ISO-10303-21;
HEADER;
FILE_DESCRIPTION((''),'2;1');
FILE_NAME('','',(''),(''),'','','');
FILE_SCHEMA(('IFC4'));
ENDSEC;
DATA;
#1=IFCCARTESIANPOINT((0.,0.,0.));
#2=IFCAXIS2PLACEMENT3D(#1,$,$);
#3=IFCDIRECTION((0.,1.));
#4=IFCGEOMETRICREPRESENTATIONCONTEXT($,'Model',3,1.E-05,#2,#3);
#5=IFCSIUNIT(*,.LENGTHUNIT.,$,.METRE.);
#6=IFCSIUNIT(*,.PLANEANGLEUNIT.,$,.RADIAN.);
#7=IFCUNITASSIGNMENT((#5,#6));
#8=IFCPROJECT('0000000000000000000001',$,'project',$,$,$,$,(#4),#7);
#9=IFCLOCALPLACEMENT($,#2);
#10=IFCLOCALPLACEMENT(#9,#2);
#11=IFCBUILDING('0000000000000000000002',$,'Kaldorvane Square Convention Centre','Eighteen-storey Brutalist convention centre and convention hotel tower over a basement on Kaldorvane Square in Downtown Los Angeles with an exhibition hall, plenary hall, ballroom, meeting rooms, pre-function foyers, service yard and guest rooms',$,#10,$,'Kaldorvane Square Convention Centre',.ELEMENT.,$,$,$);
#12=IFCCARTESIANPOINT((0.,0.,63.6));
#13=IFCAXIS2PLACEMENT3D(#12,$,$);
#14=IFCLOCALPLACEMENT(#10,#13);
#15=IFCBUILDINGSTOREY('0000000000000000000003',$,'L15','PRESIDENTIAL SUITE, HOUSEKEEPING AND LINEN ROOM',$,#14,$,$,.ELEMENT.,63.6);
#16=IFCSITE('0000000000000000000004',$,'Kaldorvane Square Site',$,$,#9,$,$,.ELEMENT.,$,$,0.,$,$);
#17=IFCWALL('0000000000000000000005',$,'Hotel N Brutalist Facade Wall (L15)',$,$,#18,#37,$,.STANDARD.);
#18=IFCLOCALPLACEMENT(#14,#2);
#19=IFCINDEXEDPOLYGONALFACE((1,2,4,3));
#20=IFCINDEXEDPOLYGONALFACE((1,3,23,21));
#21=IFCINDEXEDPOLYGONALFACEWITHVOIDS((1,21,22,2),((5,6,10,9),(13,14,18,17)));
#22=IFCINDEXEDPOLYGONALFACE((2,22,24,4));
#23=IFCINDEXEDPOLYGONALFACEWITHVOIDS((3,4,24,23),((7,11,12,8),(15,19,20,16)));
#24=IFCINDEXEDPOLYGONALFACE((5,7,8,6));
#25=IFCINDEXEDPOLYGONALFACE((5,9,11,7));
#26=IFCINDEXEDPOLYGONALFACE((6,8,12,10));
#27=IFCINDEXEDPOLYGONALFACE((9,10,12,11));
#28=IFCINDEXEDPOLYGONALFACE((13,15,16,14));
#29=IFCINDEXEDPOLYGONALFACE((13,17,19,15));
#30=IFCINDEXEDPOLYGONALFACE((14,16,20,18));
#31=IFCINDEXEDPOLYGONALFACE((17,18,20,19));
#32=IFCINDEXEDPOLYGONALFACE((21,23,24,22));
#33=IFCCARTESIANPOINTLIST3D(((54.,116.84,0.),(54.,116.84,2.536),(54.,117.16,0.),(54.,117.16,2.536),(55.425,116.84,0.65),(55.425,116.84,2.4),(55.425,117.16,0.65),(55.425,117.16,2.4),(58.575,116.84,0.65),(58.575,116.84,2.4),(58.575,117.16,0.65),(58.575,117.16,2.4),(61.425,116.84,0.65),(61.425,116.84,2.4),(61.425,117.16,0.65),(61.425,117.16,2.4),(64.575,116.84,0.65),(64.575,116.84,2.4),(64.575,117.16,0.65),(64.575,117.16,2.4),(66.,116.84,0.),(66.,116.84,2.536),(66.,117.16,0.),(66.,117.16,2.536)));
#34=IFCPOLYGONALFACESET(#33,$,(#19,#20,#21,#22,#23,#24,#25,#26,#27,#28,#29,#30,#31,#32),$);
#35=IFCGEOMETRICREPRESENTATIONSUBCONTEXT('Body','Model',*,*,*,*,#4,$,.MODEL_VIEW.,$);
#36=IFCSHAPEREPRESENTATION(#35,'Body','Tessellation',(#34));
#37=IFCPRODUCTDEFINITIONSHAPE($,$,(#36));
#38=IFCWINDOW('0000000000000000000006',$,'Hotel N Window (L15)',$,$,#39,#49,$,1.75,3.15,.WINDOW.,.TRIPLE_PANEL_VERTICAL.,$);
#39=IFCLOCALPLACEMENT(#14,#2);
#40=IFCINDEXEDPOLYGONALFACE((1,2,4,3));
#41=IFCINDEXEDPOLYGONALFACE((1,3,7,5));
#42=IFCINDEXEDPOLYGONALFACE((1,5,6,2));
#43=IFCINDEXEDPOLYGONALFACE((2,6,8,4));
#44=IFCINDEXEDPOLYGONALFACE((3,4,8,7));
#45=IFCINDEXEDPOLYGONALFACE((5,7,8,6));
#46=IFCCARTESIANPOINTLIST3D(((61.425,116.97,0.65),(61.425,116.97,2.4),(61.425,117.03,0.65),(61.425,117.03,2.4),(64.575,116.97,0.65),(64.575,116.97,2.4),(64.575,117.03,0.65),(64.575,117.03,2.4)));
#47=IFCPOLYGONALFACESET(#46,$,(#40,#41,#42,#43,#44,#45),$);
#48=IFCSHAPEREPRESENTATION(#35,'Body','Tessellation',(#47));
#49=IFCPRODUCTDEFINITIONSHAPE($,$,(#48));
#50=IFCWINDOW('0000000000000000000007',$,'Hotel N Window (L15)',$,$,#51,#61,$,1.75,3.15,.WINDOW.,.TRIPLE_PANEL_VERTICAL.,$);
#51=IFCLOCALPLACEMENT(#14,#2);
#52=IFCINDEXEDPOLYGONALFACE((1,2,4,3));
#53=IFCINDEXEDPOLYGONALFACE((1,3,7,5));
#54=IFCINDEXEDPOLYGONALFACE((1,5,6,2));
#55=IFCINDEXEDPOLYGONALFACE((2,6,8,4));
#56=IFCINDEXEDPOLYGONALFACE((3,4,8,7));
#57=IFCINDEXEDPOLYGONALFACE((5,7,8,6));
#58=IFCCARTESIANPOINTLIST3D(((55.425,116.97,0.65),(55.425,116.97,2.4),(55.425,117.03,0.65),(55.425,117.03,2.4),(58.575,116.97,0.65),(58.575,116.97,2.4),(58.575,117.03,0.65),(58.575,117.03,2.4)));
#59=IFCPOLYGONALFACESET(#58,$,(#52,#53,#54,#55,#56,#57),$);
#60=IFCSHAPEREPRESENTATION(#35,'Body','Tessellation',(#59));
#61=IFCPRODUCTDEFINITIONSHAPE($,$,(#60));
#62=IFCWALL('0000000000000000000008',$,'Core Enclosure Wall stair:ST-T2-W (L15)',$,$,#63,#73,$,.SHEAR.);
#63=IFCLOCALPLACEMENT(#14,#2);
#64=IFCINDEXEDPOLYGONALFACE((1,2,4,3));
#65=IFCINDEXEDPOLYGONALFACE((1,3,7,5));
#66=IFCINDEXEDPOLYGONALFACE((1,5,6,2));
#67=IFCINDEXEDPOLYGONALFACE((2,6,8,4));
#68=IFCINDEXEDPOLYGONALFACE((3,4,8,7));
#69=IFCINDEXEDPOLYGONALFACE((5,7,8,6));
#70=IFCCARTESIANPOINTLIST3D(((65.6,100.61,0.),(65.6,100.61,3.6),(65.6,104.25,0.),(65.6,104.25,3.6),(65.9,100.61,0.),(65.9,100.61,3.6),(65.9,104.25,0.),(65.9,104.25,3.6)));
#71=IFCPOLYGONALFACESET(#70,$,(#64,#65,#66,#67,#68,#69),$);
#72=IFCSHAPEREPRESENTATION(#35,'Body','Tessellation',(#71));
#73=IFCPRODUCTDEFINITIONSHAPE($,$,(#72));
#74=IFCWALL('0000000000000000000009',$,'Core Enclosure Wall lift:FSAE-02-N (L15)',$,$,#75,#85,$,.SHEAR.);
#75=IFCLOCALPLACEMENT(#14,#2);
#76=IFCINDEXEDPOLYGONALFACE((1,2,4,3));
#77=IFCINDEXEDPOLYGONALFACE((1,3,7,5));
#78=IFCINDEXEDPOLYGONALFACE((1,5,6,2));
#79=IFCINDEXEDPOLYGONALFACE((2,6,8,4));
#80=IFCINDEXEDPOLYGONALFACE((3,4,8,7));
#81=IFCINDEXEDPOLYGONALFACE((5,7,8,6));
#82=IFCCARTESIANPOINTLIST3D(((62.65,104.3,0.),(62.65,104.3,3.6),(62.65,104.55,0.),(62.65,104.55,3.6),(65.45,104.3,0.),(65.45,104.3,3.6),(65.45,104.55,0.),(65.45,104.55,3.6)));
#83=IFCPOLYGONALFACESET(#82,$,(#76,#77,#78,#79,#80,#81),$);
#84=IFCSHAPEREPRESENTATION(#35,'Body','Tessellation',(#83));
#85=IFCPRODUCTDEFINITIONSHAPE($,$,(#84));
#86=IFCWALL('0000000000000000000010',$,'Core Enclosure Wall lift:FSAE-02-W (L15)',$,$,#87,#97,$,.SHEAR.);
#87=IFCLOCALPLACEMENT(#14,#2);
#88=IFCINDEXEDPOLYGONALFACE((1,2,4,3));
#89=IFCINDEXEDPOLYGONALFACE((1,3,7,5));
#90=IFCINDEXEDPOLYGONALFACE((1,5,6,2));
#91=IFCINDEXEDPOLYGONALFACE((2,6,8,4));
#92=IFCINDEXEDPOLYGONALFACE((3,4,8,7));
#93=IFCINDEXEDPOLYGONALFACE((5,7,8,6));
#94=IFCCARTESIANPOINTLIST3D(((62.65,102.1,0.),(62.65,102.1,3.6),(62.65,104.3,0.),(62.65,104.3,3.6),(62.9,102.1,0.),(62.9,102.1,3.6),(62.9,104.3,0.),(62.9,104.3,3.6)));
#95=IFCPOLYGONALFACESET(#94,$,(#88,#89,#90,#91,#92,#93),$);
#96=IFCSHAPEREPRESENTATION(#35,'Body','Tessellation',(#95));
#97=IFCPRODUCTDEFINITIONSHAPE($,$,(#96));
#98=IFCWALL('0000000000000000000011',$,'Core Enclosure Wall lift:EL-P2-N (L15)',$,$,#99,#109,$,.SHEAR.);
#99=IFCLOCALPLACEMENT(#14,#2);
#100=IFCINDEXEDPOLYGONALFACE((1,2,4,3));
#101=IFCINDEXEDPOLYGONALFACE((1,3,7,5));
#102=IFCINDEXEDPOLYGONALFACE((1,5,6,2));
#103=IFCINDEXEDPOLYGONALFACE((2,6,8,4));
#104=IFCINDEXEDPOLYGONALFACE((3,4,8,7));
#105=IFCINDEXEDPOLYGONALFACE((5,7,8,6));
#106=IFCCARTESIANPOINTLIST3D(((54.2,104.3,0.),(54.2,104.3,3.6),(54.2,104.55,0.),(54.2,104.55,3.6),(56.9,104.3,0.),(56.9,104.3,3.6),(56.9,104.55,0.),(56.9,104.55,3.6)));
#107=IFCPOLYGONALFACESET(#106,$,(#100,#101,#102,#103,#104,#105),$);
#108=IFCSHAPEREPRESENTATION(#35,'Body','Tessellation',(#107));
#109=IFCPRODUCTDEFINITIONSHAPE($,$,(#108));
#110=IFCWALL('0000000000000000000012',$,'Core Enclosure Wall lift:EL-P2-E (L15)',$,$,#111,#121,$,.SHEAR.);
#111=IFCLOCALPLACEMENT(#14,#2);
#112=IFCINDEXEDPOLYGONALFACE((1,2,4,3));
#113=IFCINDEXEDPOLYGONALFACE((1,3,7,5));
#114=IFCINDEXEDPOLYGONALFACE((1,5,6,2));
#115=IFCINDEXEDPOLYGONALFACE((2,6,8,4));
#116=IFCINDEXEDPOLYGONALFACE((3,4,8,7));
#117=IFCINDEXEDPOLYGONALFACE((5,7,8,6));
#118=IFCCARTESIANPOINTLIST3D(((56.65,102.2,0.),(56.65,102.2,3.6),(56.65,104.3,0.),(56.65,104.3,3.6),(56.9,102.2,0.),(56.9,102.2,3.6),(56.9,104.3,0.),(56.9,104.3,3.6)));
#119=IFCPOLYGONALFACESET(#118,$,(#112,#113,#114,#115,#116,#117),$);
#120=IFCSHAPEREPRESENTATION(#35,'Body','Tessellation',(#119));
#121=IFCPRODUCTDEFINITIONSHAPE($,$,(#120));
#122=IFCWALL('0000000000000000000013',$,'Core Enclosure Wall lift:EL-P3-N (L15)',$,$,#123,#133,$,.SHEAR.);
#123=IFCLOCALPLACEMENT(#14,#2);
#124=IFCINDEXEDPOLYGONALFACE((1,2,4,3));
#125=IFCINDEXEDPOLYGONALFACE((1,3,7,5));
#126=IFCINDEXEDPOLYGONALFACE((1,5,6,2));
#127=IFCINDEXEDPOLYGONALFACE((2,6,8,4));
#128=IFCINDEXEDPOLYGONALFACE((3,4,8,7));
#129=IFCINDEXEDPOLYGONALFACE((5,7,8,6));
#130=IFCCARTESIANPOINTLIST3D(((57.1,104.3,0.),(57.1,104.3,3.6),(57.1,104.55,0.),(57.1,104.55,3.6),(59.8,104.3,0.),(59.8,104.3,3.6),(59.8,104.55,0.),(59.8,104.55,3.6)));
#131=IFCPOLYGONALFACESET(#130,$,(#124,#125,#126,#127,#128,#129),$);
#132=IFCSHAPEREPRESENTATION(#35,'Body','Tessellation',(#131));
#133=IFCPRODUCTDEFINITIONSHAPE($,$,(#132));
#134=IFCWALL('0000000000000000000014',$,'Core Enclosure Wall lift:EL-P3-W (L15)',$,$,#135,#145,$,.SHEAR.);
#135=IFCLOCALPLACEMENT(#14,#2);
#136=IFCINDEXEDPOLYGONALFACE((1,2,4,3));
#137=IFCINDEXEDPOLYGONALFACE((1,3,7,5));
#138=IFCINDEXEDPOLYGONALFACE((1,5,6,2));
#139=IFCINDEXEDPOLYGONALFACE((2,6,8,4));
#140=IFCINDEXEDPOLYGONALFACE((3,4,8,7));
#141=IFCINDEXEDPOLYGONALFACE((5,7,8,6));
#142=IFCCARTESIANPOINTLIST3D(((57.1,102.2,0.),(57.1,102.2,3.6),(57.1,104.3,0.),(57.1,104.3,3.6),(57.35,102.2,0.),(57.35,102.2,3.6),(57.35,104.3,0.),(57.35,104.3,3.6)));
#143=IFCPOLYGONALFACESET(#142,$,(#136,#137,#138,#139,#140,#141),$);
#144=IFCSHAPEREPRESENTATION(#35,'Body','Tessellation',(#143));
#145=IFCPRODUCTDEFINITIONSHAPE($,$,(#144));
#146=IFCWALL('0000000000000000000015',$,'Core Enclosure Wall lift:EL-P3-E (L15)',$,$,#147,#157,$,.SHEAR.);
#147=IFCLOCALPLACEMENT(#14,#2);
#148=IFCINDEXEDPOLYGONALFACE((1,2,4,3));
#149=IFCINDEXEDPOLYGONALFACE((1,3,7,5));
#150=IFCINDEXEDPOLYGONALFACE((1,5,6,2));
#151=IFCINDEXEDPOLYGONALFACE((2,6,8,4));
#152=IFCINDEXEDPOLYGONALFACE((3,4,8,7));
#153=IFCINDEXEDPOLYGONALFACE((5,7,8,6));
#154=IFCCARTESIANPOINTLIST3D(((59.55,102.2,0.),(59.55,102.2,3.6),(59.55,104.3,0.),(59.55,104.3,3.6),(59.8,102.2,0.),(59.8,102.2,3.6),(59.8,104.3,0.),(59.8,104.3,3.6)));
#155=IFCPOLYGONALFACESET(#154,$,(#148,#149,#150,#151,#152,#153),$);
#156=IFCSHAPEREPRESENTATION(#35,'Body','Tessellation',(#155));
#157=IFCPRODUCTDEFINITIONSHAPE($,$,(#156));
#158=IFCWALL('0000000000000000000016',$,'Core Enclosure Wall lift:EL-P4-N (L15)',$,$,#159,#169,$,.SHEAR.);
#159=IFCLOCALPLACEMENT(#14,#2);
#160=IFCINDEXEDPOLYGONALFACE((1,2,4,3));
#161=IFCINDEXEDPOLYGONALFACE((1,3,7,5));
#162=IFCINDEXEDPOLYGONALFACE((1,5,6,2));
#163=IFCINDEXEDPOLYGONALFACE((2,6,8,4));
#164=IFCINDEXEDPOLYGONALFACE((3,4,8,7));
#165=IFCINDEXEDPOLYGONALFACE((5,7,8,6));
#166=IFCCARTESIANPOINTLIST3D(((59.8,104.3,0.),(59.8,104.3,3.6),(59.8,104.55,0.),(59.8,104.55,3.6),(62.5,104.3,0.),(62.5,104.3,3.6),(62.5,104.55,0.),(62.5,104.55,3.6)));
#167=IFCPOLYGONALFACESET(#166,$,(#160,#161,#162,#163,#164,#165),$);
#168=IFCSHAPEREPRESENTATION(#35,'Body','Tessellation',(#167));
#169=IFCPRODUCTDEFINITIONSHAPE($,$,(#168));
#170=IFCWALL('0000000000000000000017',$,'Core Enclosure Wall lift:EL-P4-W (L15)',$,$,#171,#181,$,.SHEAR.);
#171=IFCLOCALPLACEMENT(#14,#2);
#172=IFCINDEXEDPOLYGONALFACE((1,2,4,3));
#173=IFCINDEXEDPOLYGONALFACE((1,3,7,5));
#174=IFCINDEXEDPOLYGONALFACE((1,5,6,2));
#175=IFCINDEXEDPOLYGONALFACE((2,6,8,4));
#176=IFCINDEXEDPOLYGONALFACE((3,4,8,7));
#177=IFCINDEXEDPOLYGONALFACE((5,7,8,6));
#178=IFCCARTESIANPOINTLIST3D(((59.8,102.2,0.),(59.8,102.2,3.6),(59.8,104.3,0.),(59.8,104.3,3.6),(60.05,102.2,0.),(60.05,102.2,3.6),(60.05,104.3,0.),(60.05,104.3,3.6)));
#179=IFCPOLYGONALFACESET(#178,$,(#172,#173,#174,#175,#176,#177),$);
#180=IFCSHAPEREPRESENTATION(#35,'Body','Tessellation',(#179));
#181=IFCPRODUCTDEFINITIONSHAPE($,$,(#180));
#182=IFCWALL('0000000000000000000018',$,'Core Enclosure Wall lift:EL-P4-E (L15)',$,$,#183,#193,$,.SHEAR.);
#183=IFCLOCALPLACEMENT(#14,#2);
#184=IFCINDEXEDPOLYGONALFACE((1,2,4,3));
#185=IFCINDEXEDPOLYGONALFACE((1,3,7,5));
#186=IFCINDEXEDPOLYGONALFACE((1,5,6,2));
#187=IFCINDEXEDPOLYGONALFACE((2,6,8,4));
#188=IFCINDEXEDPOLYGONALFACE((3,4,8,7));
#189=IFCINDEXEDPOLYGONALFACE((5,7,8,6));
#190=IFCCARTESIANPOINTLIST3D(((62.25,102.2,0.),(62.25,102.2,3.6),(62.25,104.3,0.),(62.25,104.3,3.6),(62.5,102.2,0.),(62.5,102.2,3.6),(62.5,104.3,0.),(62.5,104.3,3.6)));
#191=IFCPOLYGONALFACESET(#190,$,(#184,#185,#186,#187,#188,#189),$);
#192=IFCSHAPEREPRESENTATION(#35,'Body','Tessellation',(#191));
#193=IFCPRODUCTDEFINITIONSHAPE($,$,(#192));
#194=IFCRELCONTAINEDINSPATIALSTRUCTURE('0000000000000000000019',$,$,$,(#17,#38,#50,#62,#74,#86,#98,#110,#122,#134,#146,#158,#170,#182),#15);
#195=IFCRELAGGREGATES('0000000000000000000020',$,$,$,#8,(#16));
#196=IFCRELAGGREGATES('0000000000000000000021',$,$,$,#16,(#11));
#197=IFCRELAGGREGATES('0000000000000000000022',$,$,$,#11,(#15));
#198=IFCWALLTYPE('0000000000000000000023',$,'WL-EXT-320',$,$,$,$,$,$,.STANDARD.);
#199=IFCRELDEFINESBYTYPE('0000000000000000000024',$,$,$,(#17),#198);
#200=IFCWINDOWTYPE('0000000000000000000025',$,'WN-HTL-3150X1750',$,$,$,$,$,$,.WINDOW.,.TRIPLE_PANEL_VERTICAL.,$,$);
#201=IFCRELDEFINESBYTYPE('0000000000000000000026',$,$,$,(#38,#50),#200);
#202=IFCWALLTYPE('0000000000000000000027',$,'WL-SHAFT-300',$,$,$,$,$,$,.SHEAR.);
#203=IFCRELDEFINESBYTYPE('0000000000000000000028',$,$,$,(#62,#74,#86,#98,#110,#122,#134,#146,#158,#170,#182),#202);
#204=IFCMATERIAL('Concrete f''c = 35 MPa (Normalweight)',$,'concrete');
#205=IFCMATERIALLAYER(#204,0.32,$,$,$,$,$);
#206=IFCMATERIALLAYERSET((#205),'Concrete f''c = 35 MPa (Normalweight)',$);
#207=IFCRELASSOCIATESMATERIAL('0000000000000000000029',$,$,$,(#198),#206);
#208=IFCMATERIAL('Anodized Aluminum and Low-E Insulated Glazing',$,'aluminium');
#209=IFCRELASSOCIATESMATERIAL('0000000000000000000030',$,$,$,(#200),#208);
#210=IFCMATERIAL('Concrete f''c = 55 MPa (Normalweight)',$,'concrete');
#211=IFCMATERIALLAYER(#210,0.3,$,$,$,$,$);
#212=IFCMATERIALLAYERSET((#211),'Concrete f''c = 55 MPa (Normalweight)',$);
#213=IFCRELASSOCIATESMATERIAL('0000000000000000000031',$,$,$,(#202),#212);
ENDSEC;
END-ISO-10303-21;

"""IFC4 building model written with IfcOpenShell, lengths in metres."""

from ifc_helpers import new_model, si_unit, direction, frame, frame_2d, origin, place, context, subcontext, project, spatial, rectangle, extrude, material, layer, layer_set, type_object, element, fill, save


model = new_model("IFC4")

# Units and contexts
model_context = context("Model", 3, precision=1e-05, world=origin(), true_north=direction((0.0, 1.0)))
body_context = subcontext(model_context, "Body", "Model", "MODEL_VIEW")
ifc_project = project(units=[si_unit("LENGTHUNIT", "METRE"), si_unit("PLANEANGLEUNIT", "RADIAN")], contexts=[model_context])

# Site, building, storey
site_placement = place(None, origin())
site = spatial("IfcSite", under=ifc_project, at=site_placement, Name="Kaldorvane Square Site", CompositionType="ELEMENT", RefElevation=0.0)
building_placement = place(site_placement, origin())
building = spatial("IfcBuilding", under=site, at=building_placement, Name="Kaldorvane Square Convention Centre", Description="Eighteen-storey Brutalist convention centre and convention hotel tower over a basement on Kaldorvane Square in Downtown Los Angeles with an exhibition hall, plenary hall, ballroom, meeting rooms, pre-function foyers, service yard and guest rooms", LongName="Kaldorvane Square Convention Centre", CompositionType="ELEMENT")
storey_placement = place(building_placement, frame((0.0, 0.0, 63.6)))
storey = spatial("IfcBuildingStorey", under=building, at=storey_placement, Name="L15", Description="PRESIDENTIAL SUITE, HOUSEKEEPING AND LINEN ROOM", CompositionType="ELEMENT", Elevation=63.6)

# Wall, openings, windows
ifc_material_1 = material(Name="Concrete f'c = 35 MPa (Normalweight)", Category="concrete")
ifc_layer_1 = layer(ifc_material_1, 0.32)
ifc_layer_set_1 = layer_set([ifc_layer_1], Name="Concrete f'c = 35 MPa (Normalweight)")
wall_type_1 = type_object("IfcWallType", Name="WL-EXT-320", PredefinedType="STANDARD", material=ifc_layer_set_1)
wall_1_placement = place(storey_placement, frame((66.0, 117.0, 0.0), z_axis=(0.0, 0.0, 1.0), x_axis=(-1.0, 0.0, 0.0)))
wall_1 = element("IfcWall", 1, at=wall_1_placement, inside=storey, type_object=wall_type_1, Name="Hotel N Brutalist Facade Wall (L15)", PredefinedType="STANDARD", context=body_context, shape_type="SweptSolid", body=[
    extrude(rectangle(XDim=12.0, YDim=0.32, at=frame_2d((6.0, 0.0))), origin(), (0.0, 0.0, 1.0), 2.536),
])
opening_1_placement = place(wall_1_placement, frame((1.425, 0.0, 0.65)))
opening_1 = element("IfcOpeningElement", 2, at=opening_1_placement, cuts=wall_1, PredefinedType="OPENING", context=body_context, shape_type="SweptSolid", body=[
    extrude(rectangle(XDim=3.15, YDim=1.75, at=frame_2d((1.575, 0.875))), frame((0.0, 0.175, 0.0), z_axis=(0.0, -1.0, 0.0), x_axis=(1.0, 0.0, 0.0)), (0.0, 0.0, 1.0), 0.35),
])
opening_2_placement = place(wall_1_placement, frame((7.425, 0.0, 0.65)))
opening_2 = element("IfcOpeningElement", 3, at=opening_2_placement, cuts=wall_1, PredefinedType="OPENING", context=body_context, shape_type="SweptSolid", body=[
    extrude(rectangle(XDim=3.15, YDim=1.75, at=frame_2d((1.575, 0.875))), frame((0.0, 0.175, 0.0), z_axis=(0.0, -1.0, 0.0), x_axis=(1.0, 0.0, 0.0)), (0.0, 0.0, 1.0), 0.35),
])
ifc_material_2 = material(Name="Anodized Aluminum and Low-E Insulated Glazing", Category="aluminium")
window_type = type_object("IfcWindowType", Name="WN-HTL-3150X1750", PartitioningType="TRIPLE_PANEL_VERTICAL", PredefinedType="WINDOW", material=ifc_material_2)
window_1_placement = place(opening_1_placement, origin())
window_1 = element("IfcWindow", 4, at=window_1_placement, inside=storey, type_object=window_type, Name="Hotel N Window (L15)", OverallHeight=1.75, OverallWidth=3.15, PartitioningType="TRIPLE_PANEL_VERTICAL", PredefinedType="WINDOW", context=body_context, shape_type="SweptSolid", body=[
    extrude(rectangle(XDim=3.15, YDim=1.75, at=frame_2d((1.575, 0.875))), frame((0.0, 0.03, 0.0), z_axis=(0.0, -1.0, 0.0), x_axis=(1.0, 0.0, 0.0)), (0.0, 0.0, 1.0), 0.06),
])
fill(opening_1, window_1)
window_2_placement = place(opening_2_placement, origin())
window_2 = element("IfcWindow", 5, at=window_2_placement, inside=storey, type_object=window_type, Name="Hotel N Window (L15)", OverallHeight=1.75, OverallWidth=3.15, PartitioningType="TRIPLE_PANEL_VERTICAL", PredefinedType="WINDOW", context=body_context, shape_type="SweptSolid", body=[
    extrude(rectangle(XDim=3.15, YDim=1.75, at=frame_2d((1.575, 0.875))), frame((0.0, 0.03, 0.0), z_axis=(0.0, -1.0, 0.0), x_axis=(1.0, 0.0, 0.0)), (0.0, 0.0, 1.0), 0.06),
])
fill(opening_2, window_2)

# Walls
ifc_material_3 = material(Name="Concrete f'c = 55 MPa (Normalweight)", Category="concrete")
ifc_layer_2 = layer(ifc_material_3, 0.3)
ifc_layer_set_2 = layer_set([ifc_layer_2], Name="Concrete f'c = 55 MPa (Normalweight)")
wall_type_2 = type_object("IfcWallType", Name="WL-SHAFT-300", PredefinedType="SHEAR", material=ifc_layer_set_2)
wall_2_placement = place(storey_placement, frame((65.75, 104.25, 0.0), z_axis=(0.0, 0.0, 1.0), x_axis=(0.0, -1.0, 0.0)))
element("IfcWall", 6, at=wall_2_placement, inside=storey, type_object=wall_type_2, Name="Core Enclosure Wall stair:ST-T2-W (L15)", PredefinedType="SHEAR", context=body_context, shape_type="SweptSolid", body=[
    extrude(rectangle(XDim=3.64, YDim=0.3, at=frame_2d((1.82, 0.0))), origin(), (0.0, 0.0, 1.0), 3.6),
])
wall_3_placement = place(storey_placement, frame((65.45, 104.425, 0.0), z_axis=(0.0, 0.0, 1.0), x_axis=(-1.0, 0.0, 0.0)))
element("IfcWall", 7, at=wall_3_placement, inside=storey, type_object=wall_type_2, Name="Core Enclosure Wall lift:FSAE-02-N (L15)", PredefinedType="SHEAR", context=body_context, shape_type="SweptSolid", body=[
    extrude(rectangle(XDim=2.8, YDim=0.25, at=frame_2d((1.4, 0.0))), origin(), (0.0, 0.0, 1.0), 3.6),
])
wall_4_placement = place(storey_placement, frame((62.775, 104.3, 0.0), z_axis=(0.0, 0.0, 1.0), x_axis=(0.0, -1.0, 0.0)))
element("IfcWall", 8, at=wall_4_placement, inside=storey, type_object=wall_type_2, Name="Core Enclosure Wall lift:FSAE-02-W (L15)", PredefinedType="SHEAR", context=body_context, shape_type="SweptSolid", body=[
    extrude(rectangle(XDim=2.2, YDim=0.25, at=frame_2d((1.1, 0.0))), origin(), (0.0, 0.0, 1.0), 3.6),
])
wall_5_placement = place(storey_placement, frame((56.9, 104.425, 0.0), z_axis=(0.0, 0.0, 1.0), x_axis=(-1.0, 0.0, 0.0)))
element("IfcWall", 9, at=wall_5_placement, inside=storey, type_object=wall_type_2, Name="Core Enclosure Wall lift:EL-P2-N (L15)", PredefinedType="SHEAR", context=body_context, shape_type="SweptSolid", body=[
    extrude(rectangle(XDim=2.7, YDim=0.25, at=frame_2d((1.35, 0.0))), origin(), (0.0, 0.0, 1.0), 3.6),
])
wall_6_placement = place(storey_placement, frame((56.775, 102.2, 0.0), z_axis=(0.0, 0.0, 1.0), x_axis=(0.0, 1.0, 0.0)))
element("IfcWall", 10, at=wall_6_placement, inside=storey, type_object=wall_type_2, Name="Core Enclosure Wall lift:EL-P2-E (L15)", PredefinedType="SHEAR", context=body_context, shape_type="SweptSolid", body=[
    extrude(rectangle(XDim=2.1, YDim=0.25, at=frame_2d((1.05, 0.0))), origin(), (0.0, 0.0, 1.0), 3.6),
])
wall_7_placement = place(storey_placement, frame((59.8, 104.425, 0.0), z_axis=(0.0, 0.0, 1.0), x_axis=(-1.0, 0.0, 0.0)))
element("IfcWall", 11, at=wall_7_placement, inside=storey, type_object=wall_type_2, Name="Core Enclosure Wall lift:EL-P3-N (L15)", PredefinedType="SHEAR", context=body_context, shape_type="SweptSolid", body=[
    extrude(rectangle(XDim=2.7, YDim=0.25, at=frame_2d((1.35, 0.0))), origin(), (0.0, 0.0, 1.0), 3.6),
])
for number, where, z_axis, x_axis, name in (
    (12, (57.225, 104.3, 0.0), (0.0, 0.0, 1.0), (0.0, -1.0, 0.0), "Core Enclosure Wall lift:EL-P3-W (L15)"),
    (13, (59.675, 102.2, 0.0), (0.0, 0.0, 1.0), (0.0, 1.0, 0.0), "Core Enclosure Wall lift:EL-P3-E (L15)"),
):
    element("IfcWall", number, at=place(storey_placement, frame(where, z_axis=z_axis, x_axis=x_axis)), inside=storey, type_object=wall_type_2, Name=name, PredefinedType="SHEAR", context=body_context, shape_type="SweptSolid", body=[
        extrude(rectangle(XDim=2.1, YDim=0.25, at=frame_2d((1.05, 0.0))), origin(), (0.0, 0.0, 1.0), 3.6),
    ])
wall_8_placement = place(storey_placement, frame((62.5, 104.425, 0.0), z_axis=(0.0, 0.0, 1.0), x_axis=(-1.0, 0.0, 0.0)))
element("IfcWall", 14, at=wall_8_placement, inside=storey, type_object=wall_type_2, Name="Core Enclosure Wall lift:EL-P4-N (L15)", PredefinedType="SHEAR", context=body_context, shape_type="SweptSolid", body=[
    extrude(rectangle(XDim=2.7, YDim=0.25, at=frame_2d((1.35, 0.0))), origin(), (0.0, 0.0, 1.0), 3.6),
])
for number, where, z_axis, x_axis, name in (
    (15, (59.925, 104.3, 0.0), (0.0, 0.0, 1.0), (0.0, -1.0, 0.0), "Core Enclosure Wall lift:EL-P4-W (L15)"),
    (16, (62.375, 102.2, 0.0), (0.0, 0.0, 1.0), (0.0, 1.0, 0.0), "Core Enclosure Wall lift:EL-P4-E (L15)"),
):
    element("IfcWall", number, at=place(storey_placement, frame(where, z_axis=z_axis, x_axis=x_axis)), inside=storey, type_object=wall_type_2, Name=name, PredefinedType="SHEAR", context=body_context, shape_type="SweptSolid", body=[
        extrude(rectangle(XDim=2.1, YDim=0.25, at=frame_2d((1.05, 0.0))), origin(), (0.0, 0.0, 1.0), 3.6),
    ])

save(model, "model.ifc")
